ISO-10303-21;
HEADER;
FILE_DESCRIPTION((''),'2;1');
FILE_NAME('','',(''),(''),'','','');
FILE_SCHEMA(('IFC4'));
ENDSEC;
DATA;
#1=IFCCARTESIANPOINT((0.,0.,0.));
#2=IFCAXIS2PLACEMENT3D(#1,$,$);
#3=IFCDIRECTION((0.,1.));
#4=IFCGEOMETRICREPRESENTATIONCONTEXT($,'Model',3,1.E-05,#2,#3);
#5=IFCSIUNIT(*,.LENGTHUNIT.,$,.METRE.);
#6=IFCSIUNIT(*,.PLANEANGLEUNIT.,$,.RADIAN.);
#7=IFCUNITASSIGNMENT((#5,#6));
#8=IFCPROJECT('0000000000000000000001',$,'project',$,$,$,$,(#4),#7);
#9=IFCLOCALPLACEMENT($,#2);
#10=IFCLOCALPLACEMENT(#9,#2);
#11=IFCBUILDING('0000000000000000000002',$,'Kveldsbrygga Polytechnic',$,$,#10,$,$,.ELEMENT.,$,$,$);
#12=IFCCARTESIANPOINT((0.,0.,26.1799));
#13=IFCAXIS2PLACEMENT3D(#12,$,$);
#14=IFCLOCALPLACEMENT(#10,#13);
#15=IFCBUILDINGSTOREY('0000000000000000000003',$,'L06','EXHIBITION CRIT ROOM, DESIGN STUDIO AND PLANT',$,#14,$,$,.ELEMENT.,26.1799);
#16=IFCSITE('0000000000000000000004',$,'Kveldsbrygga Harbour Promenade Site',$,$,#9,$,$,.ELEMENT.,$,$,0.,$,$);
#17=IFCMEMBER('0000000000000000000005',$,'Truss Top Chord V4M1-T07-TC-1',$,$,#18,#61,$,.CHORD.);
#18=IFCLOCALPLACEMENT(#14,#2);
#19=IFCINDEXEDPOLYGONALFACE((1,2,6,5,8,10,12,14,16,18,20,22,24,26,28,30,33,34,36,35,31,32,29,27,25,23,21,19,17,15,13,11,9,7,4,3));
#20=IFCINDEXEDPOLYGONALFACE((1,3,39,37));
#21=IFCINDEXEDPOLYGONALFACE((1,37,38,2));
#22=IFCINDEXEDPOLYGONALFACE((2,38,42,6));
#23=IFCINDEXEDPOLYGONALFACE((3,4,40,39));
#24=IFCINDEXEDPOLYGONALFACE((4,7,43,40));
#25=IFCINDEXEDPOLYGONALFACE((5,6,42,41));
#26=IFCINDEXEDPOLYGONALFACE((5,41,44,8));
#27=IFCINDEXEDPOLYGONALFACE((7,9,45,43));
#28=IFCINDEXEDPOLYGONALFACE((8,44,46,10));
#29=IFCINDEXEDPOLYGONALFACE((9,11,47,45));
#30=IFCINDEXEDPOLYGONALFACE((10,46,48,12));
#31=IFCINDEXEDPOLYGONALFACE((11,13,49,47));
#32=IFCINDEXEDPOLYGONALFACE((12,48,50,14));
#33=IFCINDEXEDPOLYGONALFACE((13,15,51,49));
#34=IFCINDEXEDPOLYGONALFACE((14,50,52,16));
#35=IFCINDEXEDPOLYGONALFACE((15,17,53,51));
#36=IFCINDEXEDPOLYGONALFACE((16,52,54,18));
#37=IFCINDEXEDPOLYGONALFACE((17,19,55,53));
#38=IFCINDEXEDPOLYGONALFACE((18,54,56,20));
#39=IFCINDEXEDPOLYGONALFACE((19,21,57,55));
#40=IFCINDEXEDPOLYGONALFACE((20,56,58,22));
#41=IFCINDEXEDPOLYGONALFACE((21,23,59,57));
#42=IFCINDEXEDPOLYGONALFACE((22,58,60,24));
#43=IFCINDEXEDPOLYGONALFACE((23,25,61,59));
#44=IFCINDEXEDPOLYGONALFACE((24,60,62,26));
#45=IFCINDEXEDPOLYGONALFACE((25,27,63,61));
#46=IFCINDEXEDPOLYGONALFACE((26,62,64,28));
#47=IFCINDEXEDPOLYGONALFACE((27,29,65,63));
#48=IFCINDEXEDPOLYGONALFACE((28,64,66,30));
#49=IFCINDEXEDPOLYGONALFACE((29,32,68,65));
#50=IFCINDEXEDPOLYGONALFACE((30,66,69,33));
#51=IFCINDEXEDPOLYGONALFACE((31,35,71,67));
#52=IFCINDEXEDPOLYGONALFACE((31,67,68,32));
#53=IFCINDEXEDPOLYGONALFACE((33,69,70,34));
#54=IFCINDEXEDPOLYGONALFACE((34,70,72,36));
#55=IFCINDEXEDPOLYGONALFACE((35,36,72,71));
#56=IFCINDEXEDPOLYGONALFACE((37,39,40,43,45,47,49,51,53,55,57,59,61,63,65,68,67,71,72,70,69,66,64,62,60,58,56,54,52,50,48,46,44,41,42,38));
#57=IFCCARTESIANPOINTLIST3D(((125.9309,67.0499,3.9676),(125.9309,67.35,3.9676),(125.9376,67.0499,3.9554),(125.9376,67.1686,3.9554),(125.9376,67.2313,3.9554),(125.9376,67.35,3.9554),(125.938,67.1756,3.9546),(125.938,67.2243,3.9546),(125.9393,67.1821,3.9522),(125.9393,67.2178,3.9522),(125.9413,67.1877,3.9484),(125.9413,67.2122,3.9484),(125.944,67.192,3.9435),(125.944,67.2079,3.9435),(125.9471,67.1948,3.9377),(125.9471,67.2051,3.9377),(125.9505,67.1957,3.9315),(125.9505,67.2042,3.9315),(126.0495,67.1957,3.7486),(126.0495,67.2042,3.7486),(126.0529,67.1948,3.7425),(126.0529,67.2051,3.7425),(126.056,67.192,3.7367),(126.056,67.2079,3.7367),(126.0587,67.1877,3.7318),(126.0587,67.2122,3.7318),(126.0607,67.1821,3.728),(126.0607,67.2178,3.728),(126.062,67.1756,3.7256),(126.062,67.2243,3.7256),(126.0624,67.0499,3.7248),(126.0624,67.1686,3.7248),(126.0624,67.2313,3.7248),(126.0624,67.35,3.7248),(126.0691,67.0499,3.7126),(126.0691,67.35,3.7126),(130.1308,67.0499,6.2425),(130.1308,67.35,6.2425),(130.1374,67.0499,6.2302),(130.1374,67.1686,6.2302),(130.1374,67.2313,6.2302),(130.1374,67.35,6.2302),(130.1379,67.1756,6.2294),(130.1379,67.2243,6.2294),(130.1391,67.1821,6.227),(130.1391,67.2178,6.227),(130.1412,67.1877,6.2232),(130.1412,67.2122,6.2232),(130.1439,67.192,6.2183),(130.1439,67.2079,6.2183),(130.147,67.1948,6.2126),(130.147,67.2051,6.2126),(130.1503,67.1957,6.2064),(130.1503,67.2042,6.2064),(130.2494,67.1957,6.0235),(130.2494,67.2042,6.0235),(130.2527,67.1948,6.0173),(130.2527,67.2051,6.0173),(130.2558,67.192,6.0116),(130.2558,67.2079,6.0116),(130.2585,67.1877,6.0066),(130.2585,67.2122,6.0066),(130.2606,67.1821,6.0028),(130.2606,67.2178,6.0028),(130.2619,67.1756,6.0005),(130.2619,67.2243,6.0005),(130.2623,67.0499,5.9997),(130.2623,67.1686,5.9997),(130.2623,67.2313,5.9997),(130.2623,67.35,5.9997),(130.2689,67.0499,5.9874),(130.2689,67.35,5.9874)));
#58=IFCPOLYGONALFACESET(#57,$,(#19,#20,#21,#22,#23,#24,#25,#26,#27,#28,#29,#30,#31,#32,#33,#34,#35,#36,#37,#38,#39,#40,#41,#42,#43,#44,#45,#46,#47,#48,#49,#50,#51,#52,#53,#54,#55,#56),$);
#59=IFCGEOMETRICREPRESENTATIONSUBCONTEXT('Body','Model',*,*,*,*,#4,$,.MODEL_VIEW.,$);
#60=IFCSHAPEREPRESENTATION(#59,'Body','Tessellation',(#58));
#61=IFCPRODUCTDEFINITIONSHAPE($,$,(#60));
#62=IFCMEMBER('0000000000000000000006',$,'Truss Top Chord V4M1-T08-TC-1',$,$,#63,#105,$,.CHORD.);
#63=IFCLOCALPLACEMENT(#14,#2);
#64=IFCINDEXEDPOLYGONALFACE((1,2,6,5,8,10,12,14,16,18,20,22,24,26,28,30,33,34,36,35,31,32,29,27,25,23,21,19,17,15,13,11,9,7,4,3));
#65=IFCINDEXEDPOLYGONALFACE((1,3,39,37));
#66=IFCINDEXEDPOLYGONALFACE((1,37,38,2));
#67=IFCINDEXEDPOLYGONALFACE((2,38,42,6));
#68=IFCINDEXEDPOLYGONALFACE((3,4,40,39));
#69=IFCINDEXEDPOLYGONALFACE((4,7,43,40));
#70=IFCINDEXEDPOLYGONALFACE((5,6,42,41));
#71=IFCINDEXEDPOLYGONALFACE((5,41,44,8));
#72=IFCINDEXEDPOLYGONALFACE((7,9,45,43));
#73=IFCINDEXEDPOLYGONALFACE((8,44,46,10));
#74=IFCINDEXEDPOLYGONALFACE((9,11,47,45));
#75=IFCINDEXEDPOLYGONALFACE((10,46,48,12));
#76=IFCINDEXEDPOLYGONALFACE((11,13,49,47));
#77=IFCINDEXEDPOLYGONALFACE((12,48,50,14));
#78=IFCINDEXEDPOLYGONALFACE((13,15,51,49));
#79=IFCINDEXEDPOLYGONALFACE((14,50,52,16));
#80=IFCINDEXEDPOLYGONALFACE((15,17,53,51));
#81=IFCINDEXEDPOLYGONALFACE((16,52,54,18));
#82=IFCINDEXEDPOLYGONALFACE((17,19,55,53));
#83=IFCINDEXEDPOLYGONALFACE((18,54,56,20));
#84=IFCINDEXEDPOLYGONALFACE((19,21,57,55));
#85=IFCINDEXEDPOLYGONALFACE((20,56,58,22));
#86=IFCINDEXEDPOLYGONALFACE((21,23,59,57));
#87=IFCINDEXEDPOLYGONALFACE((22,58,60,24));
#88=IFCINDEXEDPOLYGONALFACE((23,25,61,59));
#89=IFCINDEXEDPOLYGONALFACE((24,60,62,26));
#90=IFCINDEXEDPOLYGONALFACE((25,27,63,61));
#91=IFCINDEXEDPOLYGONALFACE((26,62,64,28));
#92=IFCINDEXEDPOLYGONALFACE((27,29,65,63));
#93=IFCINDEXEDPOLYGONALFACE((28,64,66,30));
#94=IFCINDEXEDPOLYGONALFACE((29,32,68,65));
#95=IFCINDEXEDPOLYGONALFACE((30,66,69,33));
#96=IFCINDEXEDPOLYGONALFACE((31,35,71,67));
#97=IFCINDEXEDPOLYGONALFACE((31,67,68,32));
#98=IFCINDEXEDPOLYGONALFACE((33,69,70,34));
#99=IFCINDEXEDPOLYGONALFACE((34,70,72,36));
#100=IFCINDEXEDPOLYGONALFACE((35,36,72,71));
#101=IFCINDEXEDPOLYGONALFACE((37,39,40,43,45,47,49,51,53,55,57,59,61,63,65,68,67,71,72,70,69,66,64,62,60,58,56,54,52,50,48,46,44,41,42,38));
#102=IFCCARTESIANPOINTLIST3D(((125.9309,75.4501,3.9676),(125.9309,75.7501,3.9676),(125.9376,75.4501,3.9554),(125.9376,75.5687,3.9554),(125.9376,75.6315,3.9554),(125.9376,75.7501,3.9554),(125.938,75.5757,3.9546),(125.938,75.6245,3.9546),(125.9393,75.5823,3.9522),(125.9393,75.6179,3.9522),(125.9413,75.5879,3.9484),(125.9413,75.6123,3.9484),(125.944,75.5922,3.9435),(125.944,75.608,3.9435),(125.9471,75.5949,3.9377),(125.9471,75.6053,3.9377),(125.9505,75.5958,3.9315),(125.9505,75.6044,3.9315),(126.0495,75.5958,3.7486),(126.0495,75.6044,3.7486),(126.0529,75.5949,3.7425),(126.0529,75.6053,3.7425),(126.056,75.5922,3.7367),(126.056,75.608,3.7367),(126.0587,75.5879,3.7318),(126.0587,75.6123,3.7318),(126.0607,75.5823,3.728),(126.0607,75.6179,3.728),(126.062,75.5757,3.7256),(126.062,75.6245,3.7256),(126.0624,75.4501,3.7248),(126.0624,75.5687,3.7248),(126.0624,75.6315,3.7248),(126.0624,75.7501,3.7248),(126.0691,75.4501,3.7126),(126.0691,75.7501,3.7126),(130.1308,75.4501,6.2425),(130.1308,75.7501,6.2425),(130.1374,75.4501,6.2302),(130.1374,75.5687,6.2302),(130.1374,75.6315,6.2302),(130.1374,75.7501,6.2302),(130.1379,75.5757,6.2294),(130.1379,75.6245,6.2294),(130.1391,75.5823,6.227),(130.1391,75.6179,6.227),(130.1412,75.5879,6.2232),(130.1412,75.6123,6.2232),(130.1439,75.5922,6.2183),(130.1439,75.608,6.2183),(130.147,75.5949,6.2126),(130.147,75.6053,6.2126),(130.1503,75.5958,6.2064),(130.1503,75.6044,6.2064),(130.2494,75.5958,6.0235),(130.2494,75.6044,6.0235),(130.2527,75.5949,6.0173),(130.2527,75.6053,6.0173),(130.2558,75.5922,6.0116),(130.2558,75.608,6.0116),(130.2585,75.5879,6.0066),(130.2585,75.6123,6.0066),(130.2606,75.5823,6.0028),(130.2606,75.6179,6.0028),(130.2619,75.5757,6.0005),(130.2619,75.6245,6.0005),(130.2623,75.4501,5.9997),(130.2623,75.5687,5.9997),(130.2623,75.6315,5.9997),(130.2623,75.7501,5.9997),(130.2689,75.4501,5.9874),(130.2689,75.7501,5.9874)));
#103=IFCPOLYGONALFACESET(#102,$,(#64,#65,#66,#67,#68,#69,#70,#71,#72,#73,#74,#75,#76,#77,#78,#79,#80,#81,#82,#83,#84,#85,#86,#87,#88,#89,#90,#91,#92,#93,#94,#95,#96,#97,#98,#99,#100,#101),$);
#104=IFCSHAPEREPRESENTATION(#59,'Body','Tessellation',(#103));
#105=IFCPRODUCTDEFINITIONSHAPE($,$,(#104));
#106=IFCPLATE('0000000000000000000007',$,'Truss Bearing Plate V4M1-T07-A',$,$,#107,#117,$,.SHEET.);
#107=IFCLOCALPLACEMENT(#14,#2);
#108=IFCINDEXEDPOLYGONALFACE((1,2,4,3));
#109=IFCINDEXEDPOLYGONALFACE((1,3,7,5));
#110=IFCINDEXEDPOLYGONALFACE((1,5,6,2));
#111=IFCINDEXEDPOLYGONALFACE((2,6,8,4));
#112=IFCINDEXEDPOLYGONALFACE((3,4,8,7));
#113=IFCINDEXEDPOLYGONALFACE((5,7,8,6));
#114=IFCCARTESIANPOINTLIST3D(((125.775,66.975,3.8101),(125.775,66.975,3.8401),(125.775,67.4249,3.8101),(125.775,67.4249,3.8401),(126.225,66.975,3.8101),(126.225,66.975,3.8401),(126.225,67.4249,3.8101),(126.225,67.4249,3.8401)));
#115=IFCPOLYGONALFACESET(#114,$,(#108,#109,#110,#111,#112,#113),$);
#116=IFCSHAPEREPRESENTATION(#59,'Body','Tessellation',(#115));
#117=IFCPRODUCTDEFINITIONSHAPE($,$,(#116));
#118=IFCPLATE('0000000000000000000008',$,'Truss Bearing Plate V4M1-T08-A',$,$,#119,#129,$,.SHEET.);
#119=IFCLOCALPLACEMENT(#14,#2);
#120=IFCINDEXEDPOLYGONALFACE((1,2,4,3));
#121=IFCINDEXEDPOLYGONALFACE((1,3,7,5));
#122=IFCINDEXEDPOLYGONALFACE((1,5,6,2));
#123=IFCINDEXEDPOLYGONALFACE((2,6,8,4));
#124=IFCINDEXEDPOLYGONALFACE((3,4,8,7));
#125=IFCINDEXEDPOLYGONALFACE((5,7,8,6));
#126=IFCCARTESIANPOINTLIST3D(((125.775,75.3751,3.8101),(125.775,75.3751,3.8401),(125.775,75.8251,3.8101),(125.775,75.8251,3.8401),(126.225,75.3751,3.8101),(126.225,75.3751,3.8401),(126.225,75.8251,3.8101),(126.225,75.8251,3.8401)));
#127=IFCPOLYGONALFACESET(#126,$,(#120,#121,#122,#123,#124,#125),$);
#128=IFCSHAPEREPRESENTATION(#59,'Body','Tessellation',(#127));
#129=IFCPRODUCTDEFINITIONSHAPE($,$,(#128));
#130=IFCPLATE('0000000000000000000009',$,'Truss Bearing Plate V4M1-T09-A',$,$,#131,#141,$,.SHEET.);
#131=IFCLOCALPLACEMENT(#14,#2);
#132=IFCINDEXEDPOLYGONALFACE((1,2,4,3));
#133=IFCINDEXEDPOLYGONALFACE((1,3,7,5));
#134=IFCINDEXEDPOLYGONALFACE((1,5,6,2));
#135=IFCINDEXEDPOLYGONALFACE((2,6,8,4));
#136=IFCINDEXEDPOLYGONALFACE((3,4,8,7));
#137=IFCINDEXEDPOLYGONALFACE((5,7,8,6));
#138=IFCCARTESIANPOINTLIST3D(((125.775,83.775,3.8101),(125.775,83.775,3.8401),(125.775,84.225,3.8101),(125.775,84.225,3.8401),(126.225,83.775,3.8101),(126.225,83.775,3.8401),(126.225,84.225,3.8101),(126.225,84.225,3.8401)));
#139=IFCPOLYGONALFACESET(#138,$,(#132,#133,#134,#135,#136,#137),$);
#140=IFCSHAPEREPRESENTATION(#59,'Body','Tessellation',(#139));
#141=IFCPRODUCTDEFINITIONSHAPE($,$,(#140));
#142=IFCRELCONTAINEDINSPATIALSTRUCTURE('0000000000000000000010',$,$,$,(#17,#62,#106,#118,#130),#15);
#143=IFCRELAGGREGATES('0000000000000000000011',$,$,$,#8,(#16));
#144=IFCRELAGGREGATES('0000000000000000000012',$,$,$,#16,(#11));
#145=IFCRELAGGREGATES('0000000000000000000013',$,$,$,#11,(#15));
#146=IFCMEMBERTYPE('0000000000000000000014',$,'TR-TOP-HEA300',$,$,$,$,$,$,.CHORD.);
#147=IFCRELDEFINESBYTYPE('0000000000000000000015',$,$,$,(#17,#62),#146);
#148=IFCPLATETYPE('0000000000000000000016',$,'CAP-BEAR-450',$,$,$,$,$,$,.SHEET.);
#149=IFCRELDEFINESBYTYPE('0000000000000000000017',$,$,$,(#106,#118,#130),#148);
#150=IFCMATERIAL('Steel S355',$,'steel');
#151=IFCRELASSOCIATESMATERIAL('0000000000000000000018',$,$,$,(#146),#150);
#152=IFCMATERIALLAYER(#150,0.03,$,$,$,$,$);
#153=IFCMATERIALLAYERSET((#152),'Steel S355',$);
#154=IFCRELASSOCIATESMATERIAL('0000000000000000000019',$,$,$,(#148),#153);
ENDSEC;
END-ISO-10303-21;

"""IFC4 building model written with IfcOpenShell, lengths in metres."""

from ifc_helpers import new_model, si_unit, direction, frame, origin, origin_2d, place, context, subcontext, project, spatial, rectangle, i_section, extrude, material, layer, layer_set, material_profile, profile_set, type_object, element, save


model = new_model("IFC4")

# Units and contexts
model_context = context("Model", 3, precision=1e-05, world=origin(), true_north=direction((0.0, 1.0)))
body_context = subcontext(model_context, "Body", "Model", "MODEL_VIEW")
ifc_project = project(units=[si_unit("LENGTHUNIT", "METRE"), si_unit("PLANEANGLEUNIT", "RADIAN")], contexts=[model_context])

# Site, building, storey
site_placement = place(None, origin())
site = spatial("IfcSite", under=ifc_project, at=site_placement, Name="Kveldsbrygga Harbour Promenade Site", CompositionType="ELEMENT", RefElevation=0.0)
building_placement = place(site_placement, origin())
building = spatial("IfcBuilding", under=site, at=building_placement, Name="Kveldsbrygga Polytechnic", CompositionType="ELEMENT")
storey_placement = place(building_placement, frame((0.0, 0.0, 26.1799)))
storey = spatial("IfcBuildingStorey", under=building, at=storey_placement, Name="L06", Description="EXHIBITION CRIT ROOM, DESIGN STUDIO AND PLANT", CompositionType="ELEMENT", Elevation=26.1799)

# Shared definitions
ifc_material_1 = material(Name="Steel S355", Category="steel")

# Members
ifc_material_profile_1 = material_profile(ifc_material_1, i_section(OverallWidth=0.3, OverallDepth=0.29, WebThickness=0.0085, FlangeThickness=0.0139, FilletRadius=0.0271, at=origin_2d()), Name="HEA 300")
ifc_profile_set_1 = profile_set([ifc_material_profile_1], Name="Steel S355")
member_type_1 = type_object("IfcMemberType", Name="TR-TOP-HEA300", PredefinedType="CHORD", material=ifc_profile_set_1)
for number, where, z_axis, x_axis, name in (
    (1, (126.0, 67.2, 3.8401), (0.879298, 0.0, 0.476272), (0.0, 1.0, 0.0), "Truss Top Chord V4M1-T07-TC-1"),
    (2, (126.0, 75.6001, 3.8401), (0.879298, 0.0, 0.476272), (0.0, 1.0, 0.0), "Truss Top Chord V4M1-T08-TC-1"),
):
    element("IfcMember", number, at=place(storey_placement, frame(where, z_axis=z_axis, x_axis=x_axis)), inside=storey, type_object=member_type_1, Name=name, PredefinedType="CHORD", context=body_context, shape_type="SweptSolid", body=[
        extrude(i_section(OverallWidth=0.3, OverallDepth=0.29, WebThickness=0.0085, FlangeThickness=0.0139, FilletRadius=0.0271, at=origin_2d()), origin(), (0.0, 0.0, 1.0), 4.7764),
    ])

# Plates
ifc_layer_1 = layer(ifc_material_1, 0.03)
ifc_layer_set_1 = layer_set([ifc_layer_1], Name="Steel S355")
plate_type = type_object("IfcPlateType", Name="CAP-BEAR-450", PredefinedType="SHEET", material=ifc_layer_set_1)
for number, where, z_axis, x_axis, name in (
    (3, (126.0, 67.2, 3.8101), (0.0, 0.0, 1.0), (1.0, 0.0, 0.0), "Truss Bearing Plate V4M1-T07-A"),
    (4, (126.0, 75.6001, 3.8101), (0.0, 0.0, 1.0), (1.0, 0.0, 0.0), "Truss Bearing Plate V4M1-T08-A"),
    (5, (126.0, 84.0, 3.8101), (0.0, 0.0, 1.0), (1.0, 0.0, 0.0), "Truss Bearing Plate V4M1-T09-A"),
):
    element("IfcPlate", number, at=place(storey_placement, frame(where, z_axis=z_axis, x_axis=x_axis)), inside=storey, type_object=plate_type, Name=name, PredefinedType="SHEET", context=body_context, shape_type="SweptSolid", body=[
        extrude(rectangle(XDim=0.45, YDim=0.45, at=origin_2d()), origin(), (0.0, 0.0, 1.0), 0.03),
    ])

save(model, "model.ifc")
